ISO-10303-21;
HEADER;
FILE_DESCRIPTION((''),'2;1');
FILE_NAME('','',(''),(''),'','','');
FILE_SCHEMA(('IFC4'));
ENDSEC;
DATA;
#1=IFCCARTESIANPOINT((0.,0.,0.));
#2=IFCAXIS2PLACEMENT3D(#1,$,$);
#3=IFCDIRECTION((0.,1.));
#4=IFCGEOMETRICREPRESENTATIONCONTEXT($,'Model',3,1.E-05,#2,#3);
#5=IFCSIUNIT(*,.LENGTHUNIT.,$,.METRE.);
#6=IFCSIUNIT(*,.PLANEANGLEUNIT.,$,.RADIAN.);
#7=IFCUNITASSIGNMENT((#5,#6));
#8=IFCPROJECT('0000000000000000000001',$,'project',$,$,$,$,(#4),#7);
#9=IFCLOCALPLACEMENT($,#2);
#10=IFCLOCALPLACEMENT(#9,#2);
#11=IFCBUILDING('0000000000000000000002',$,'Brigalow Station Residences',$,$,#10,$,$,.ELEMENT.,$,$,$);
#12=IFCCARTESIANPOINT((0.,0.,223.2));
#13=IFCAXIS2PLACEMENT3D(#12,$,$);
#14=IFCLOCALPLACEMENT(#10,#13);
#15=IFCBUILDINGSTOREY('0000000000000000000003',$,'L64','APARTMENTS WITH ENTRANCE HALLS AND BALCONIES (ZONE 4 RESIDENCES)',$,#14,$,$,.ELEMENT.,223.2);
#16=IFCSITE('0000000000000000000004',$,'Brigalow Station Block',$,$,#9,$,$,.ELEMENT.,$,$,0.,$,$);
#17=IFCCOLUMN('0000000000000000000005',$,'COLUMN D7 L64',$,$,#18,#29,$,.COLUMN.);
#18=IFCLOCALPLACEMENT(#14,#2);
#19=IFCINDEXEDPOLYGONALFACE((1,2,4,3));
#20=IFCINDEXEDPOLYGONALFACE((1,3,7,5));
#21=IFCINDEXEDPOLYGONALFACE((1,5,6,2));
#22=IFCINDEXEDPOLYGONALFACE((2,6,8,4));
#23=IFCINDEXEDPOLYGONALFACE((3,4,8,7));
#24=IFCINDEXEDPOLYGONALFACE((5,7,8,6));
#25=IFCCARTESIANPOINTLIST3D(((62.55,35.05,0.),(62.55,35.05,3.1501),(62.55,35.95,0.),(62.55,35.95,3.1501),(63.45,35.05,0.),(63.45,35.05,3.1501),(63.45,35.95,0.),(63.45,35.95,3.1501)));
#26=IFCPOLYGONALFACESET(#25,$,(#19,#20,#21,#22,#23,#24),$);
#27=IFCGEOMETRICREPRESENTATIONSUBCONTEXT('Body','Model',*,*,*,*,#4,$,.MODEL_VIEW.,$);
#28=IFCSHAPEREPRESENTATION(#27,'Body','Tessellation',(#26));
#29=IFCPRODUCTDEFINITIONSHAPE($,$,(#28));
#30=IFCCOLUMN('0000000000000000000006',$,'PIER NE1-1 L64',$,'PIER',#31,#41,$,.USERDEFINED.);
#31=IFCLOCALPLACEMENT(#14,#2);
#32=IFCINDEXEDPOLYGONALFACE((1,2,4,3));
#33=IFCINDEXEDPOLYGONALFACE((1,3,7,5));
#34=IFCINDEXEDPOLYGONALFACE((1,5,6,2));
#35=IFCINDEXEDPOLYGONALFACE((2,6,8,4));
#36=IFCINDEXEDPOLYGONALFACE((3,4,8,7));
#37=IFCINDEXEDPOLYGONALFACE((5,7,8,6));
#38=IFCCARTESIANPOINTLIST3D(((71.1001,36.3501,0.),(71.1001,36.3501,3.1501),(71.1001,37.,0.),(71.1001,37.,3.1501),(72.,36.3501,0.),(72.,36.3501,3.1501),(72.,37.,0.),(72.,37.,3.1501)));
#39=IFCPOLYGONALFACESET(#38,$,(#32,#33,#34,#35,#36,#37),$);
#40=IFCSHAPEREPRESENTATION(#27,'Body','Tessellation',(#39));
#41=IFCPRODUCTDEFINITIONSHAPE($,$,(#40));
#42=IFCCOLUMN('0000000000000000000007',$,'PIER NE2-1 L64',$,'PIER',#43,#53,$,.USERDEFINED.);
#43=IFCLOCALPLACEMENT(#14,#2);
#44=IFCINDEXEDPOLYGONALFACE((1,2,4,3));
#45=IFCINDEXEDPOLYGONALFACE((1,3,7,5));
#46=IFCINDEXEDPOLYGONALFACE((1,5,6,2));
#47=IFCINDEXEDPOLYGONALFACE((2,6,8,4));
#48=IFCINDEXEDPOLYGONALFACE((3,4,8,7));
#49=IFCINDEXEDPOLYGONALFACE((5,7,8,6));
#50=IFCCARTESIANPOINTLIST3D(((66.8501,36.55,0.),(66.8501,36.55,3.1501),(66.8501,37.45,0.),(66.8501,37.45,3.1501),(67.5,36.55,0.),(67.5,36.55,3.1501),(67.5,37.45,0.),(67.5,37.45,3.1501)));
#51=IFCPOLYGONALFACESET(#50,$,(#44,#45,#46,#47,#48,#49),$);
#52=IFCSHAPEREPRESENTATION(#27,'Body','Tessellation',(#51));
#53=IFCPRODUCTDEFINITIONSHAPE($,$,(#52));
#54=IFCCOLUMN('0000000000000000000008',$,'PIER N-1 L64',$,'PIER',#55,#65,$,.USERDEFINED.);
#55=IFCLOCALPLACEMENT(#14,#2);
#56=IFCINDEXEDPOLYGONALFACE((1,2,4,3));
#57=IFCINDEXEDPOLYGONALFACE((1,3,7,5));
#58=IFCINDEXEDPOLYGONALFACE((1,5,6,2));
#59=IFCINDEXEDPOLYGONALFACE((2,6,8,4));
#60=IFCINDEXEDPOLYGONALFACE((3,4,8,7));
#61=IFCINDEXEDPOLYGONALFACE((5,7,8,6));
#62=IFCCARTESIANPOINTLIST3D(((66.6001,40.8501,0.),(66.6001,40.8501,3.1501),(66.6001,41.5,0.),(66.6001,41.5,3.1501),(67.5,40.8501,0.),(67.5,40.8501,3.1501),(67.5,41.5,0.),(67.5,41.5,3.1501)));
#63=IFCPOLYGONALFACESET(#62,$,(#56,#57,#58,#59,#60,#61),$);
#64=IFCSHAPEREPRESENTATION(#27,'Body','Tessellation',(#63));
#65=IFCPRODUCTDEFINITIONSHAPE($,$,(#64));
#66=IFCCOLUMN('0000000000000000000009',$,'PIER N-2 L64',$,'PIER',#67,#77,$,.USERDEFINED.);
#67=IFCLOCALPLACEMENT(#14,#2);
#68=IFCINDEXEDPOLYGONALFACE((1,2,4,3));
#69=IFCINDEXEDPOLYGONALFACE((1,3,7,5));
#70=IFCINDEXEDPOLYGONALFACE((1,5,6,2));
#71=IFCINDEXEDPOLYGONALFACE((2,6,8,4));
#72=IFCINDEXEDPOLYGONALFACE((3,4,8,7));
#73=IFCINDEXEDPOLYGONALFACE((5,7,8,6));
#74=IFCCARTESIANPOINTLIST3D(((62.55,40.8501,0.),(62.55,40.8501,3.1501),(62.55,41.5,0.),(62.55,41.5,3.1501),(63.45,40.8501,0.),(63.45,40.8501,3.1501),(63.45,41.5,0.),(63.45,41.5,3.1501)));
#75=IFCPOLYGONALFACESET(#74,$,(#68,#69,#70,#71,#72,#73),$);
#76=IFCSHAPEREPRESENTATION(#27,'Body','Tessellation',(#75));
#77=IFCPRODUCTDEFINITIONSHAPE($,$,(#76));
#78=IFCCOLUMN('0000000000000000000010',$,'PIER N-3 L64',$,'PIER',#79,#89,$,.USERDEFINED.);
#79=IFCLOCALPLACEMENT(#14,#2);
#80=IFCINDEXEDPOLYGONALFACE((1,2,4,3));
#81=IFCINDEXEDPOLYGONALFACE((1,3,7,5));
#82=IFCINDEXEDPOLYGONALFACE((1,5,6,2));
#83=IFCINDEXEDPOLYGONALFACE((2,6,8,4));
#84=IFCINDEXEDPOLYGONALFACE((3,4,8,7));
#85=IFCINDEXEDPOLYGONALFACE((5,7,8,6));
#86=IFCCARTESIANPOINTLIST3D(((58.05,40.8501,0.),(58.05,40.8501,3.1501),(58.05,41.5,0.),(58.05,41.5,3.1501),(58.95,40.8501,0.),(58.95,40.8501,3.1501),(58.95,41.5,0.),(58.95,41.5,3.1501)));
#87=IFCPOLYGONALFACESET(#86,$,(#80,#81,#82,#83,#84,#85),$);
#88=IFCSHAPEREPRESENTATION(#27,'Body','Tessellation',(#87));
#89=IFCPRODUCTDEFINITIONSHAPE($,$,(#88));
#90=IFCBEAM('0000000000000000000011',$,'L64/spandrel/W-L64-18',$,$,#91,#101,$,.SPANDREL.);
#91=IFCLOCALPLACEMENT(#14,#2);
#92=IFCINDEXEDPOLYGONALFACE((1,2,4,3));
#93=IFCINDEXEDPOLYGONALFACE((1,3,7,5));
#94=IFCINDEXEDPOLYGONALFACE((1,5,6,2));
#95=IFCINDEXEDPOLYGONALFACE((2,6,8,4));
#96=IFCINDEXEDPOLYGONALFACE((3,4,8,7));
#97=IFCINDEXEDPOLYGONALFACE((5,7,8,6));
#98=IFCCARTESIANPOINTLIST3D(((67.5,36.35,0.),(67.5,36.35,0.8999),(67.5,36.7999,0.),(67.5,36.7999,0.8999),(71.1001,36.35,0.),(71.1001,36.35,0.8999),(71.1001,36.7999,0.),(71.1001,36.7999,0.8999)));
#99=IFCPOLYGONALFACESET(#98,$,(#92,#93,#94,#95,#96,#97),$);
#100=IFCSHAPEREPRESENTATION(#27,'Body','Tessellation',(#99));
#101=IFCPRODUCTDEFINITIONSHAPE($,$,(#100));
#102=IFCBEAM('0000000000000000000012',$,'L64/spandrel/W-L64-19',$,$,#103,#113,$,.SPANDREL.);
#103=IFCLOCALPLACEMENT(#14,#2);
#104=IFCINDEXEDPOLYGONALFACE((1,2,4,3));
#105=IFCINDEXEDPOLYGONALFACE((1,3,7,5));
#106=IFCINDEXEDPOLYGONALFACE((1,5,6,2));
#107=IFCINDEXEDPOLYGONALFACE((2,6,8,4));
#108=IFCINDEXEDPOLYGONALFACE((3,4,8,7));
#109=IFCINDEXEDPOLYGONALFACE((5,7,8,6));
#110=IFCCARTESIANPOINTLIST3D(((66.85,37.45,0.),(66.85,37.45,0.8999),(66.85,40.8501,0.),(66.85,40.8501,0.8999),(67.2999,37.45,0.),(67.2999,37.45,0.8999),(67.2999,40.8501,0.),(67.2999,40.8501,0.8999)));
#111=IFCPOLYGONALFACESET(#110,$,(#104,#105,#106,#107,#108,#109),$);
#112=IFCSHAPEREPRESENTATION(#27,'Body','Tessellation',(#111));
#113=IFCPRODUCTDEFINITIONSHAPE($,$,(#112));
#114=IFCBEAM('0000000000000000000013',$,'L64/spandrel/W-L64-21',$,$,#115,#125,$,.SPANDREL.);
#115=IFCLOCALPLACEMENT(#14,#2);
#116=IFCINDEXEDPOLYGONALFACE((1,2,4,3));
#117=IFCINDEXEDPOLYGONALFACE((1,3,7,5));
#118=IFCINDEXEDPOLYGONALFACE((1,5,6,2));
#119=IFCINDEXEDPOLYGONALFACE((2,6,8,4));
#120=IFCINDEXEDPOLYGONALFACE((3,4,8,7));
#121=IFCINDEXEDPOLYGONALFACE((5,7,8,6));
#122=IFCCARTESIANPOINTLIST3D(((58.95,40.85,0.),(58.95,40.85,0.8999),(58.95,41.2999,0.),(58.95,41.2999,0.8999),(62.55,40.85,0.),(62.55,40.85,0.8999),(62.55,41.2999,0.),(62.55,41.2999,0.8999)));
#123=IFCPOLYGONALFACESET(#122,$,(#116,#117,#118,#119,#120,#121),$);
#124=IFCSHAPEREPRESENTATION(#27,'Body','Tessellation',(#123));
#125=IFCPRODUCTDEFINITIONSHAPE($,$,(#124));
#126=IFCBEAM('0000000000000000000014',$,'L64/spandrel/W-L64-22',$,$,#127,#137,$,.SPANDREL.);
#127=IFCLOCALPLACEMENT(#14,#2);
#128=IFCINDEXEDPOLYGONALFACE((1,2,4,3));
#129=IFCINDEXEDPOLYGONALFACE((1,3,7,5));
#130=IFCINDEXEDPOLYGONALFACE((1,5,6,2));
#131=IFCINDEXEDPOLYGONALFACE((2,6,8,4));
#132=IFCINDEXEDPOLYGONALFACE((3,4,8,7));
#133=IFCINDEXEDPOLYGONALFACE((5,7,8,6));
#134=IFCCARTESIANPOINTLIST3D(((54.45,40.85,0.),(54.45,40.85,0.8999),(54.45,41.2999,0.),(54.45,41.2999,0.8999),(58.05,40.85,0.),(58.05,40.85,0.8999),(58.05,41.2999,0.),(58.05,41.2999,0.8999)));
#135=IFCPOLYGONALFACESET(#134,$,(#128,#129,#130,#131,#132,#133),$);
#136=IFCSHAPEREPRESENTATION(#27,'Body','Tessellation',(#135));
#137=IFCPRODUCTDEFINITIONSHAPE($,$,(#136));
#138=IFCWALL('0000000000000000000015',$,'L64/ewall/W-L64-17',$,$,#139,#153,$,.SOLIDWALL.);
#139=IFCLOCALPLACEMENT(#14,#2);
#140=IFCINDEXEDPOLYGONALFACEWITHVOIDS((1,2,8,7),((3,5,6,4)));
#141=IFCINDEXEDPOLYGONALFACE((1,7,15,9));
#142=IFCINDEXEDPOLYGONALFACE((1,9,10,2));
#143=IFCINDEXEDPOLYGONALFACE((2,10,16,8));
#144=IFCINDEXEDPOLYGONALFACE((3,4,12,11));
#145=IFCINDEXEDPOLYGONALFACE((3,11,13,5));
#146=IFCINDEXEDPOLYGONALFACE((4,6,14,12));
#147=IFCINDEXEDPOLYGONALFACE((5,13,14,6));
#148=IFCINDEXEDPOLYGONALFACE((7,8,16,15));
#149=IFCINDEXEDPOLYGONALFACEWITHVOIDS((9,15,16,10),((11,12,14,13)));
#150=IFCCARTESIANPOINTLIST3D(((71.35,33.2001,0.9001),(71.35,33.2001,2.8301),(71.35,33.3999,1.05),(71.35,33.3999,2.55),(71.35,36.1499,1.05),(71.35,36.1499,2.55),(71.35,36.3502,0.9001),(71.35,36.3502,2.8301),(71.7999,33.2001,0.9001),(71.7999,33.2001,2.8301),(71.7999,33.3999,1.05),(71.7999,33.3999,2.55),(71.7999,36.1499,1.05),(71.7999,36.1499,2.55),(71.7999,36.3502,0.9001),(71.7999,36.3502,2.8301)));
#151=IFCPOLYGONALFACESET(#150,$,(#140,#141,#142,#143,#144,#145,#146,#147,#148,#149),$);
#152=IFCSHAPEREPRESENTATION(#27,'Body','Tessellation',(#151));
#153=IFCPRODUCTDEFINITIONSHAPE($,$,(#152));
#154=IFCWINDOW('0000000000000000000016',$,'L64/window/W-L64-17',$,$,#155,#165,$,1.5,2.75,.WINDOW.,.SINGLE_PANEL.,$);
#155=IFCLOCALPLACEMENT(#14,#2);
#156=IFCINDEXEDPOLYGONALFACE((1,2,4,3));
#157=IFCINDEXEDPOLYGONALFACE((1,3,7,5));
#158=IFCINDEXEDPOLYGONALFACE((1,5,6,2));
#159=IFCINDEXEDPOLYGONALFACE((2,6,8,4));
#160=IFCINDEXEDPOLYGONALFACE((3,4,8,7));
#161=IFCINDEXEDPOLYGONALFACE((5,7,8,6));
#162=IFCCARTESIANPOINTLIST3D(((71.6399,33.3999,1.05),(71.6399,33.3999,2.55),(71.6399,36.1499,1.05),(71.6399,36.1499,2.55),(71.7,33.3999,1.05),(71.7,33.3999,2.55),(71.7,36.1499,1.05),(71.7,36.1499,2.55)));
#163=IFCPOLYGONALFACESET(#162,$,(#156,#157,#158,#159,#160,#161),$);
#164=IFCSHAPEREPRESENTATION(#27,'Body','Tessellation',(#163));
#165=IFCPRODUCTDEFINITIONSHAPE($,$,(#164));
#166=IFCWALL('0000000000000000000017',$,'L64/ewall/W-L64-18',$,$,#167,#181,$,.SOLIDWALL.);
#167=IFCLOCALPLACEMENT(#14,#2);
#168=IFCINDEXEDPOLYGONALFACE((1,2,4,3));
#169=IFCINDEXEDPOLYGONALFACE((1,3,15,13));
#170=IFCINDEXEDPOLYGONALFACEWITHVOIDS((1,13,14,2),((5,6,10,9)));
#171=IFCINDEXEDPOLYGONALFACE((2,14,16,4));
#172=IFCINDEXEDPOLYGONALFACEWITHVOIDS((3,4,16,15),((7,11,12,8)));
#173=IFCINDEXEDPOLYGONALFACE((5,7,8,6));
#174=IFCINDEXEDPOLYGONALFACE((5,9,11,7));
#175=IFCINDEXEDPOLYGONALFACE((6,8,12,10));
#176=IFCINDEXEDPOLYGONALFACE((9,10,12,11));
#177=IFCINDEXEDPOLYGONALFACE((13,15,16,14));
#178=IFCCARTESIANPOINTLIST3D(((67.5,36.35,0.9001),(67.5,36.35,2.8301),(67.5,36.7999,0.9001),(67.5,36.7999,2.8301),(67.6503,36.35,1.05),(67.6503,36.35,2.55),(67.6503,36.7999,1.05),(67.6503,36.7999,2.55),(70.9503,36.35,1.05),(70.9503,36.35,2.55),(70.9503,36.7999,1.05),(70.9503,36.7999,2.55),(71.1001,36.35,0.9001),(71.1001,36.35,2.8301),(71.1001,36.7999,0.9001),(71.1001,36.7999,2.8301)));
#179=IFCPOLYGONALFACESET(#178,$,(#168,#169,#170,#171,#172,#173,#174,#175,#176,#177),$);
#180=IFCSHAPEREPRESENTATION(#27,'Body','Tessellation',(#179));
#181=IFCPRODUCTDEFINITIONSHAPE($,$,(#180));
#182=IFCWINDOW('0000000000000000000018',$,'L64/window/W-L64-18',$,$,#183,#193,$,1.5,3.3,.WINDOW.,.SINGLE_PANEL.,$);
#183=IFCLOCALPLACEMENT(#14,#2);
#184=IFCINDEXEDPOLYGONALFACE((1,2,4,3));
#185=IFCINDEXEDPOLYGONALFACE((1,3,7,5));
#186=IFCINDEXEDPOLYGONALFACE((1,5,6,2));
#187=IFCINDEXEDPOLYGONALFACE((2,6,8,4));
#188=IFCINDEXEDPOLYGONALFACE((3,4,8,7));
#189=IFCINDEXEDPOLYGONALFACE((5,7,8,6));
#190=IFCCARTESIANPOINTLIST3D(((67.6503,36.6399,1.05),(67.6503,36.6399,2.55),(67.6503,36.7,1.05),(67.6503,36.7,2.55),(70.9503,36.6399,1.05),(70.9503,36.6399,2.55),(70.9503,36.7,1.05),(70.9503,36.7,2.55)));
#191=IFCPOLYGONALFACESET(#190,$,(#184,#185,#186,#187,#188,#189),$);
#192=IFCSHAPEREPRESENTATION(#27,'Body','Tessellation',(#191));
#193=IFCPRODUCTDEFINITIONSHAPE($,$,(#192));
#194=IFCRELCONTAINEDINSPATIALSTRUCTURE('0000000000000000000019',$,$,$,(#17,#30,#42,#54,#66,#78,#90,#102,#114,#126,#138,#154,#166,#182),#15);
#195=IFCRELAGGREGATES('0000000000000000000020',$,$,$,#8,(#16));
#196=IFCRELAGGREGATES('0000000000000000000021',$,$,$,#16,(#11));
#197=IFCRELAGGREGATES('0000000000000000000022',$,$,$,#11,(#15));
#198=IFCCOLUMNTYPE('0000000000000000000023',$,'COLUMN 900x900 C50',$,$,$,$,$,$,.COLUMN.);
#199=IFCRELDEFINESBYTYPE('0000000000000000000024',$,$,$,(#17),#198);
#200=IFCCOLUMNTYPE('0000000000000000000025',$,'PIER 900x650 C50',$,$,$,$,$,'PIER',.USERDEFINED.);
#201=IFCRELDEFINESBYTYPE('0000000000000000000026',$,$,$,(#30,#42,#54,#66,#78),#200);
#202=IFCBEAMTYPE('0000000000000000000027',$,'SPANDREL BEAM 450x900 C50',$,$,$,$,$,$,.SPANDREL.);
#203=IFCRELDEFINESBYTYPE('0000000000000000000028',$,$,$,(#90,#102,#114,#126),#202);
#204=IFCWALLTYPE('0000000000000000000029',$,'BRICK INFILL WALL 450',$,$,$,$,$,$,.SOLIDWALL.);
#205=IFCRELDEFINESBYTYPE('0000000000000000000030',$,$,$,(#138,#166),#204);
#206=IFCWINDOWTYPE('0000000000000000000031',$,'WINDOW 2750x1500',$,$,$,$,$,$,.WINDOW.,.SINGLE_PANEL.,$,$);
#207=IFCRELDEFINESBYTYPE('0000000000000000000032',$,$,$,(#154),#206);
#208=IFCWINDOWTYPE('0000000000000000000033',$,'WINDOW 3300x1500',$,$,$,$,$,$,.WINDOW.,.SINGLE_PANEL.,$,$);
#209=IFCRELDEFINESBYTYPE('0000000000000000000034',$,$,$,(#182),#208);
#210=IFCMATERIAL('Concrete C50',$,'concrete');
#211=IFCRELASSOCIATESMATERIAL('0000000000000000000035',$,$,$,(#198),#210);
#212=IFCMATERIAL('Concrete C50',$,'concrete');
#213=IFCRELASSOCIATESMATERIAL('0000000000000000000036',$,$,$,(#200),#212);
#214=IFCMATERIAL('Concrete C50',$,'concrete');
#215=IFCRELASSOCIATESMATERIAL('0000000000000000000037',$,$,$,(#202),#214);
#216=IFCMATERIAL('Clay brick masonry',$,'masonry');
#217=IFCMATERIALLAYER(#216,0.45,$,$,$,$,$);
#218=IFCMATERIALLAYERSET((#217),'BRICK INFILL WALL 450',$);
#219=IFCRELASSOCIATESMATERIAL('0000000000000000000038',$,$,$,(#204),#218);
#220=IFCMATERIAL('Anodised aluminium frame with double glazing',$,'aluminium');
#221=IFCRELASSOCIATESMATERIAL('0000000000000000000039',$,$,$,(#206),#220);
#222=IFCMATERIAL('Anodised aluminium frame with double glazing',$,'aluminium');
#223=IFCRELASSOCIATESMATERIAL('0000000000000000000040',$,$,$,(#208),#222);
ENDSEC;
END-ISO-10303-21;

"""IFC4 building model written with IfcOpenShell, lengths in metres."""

from ifc_helpers import new_model, si_unit, direction, frame, frame_2d, origin, origin_2d, place, context, subcontext, project, spatial, rectangle, extrude, material, layer, layer_set, material_profile, profile_set, type_object, element, fill, save


model = new_model("IFC4")

# Units and contexts
model_context = context("Model", 3, precision=1e-05, world=origin(), true_north=direction((0.0, 1.0)))
body_context = subcontext(model_context, "Body", "Model", "MODEL_VIEW")
ifc_project = project(units=[si_unit("LENGTHUNIT", "METRE"), si_unit("PLANEANGLEUNIT", "RADIAN")], contexts=[model_context])

# Site, building, storey
site_placement = place(None, origin())
site = spatial("IfcSite", under=ifc_project, at=site_placement, Name="Brigalow Station Block", CompositionType="ELEMENT", RefElevation=0.0)
building_placement = place(site_placement, origin())
building = spatial("IfcBuilding", under=site, at=building_placement, Name="Brigalow Station Residences", CompositionType="ELEMENT")
storey_placement = place(building_placement, frame((0.0, 0.0, 223.2)))
storey = spatial("IfcBuildingStorey", under=building, at=storey_placement, Name="L64", Description="APARTMENTS WITH ENTRANCE HALLS AND BALCONIES (ZONE 4 RESIDENCES)", CompositionType="ELEMENT", Elevation=223.2)

# Columns
ifc_material_1 = material(Name="Concrete C50", Category="concrete")
ifc_material_profile_1 = material_profile(ifc_material_1, rectangle(XDim=0.8999, YDim=0.8999, at=origin_2d()), Name="RC900x900")
ifc_profile_set_1 = profile_set([ifc_material_profile_1], Name="Concrete C50")
column_type_1 = type_object("IfcColumnType", Name="COLUMN 900x900 C50", PredefinedType="COLUMN", material=ifc_profile_set_1)
column_placement = place(storey_placement, frame((63.0, 35.5, 0.0), z_axis=(0.0, 0.0, 1.0), x_axis=(1.0, 0.0, 0.0)))
element("IfcColumn", 1, at=column_placement, inside=storey, type_object=column_type_1, Name="COLUMN D7 L64", PredefinedType="COLUMN", context=body_context, shape_type="SweptSolid", body=[
    extrude(rectangle(XDim=0.8999, YDim=0.8999, at=origin_2d()), origin(), (0.0, 0.0, 1.0), 3.1501),
])
ifc_material_2 = material(Name="Concrete C50", Category="concrete")
ifc_material_profile_2 = material_profile(ifc_material_2, rectangle(XDim=0.8999, YDim=0.6499, at=origin_2d()), Name="RC900x650")
ifc_profile_set_2 = profile_set([ifc_material_profile_2], Name="Concrete C50")
column_type_2 = type_object("IfcColumnType", Name="PIER 900x650 C50", ElementType="PIER", PredefinedType="USERDEFINED", material=ifc_profile_set_2)
for number, where, z_axis, x_axis, name in (
    (2, (71.55, 36.675, 0.0), (0.0, 0.0, 1.0), (-1.0, 0.0, 0.0), "PIER NE1-1 L64"),
    (3, (67.175, 37.0, 0.0), (0.0, 0.0, 1.0), (0.0, 1.0, 0.0), "PIER NE2-1 L64"),
    (4, (67.05, 41.175, 0.0), (0.0, 0.0, 1.0), (-1.0, 0.0, 0.0), "PIER N-1 L64"),
    (5, (63.0, 41.175, 0.0), (0.0, 0.0, 1.0), (-1.0, 0.0, 0.0), "PIER N-2 L64"),
    (6, (58.5, 41.175, 0.0), (0.0, 0.0, 1.0), (-1.0, 0.0, 0.0), "PIER N-3 L64"),
):
    element("IfcColumn", number, at=place(storey_placement, frame(where, z_axis=z_axis, x_axis=x_axis)), inside=storey, type_object=column_type_2, Name=name, ObjectType="PIER", PredefinedType="USERDEFINED", context=body_context, shape_type="SweptSolid", body=[
        extrude(rectangle(XDim=0.8999, YDim=0.6499, at=origin_2d()), origin(), (0.0, 0.0, 1.0), 3.1501),
    ])

# Beams
ifc_material_3 = material(Name="Concrete C50", Category="concrete")
ifc_material_profile_3 = material_profile(ifc_material_3, rectangle(XDim=0.45, YDim=0.8999, at=origin_2d()), Name="RC450x900")
ifc_profile_set_3 = profile_set([ifc_material_profile_3], Name="Concrete C50")
beam_type = type_object("IfcBeamType", Name="SPANDREL BEAM 450x900 C50", PredefinedType="SPANDREL", material=ifc_profile_set_3)
beam_1_placement = place(storey_placement, frame((71.1001, 36.575, 0.45), z_axis=(-1.0, 0.0, 0.0), x_axis=(0.0, -1.0, 0.0)))
element("IfcBeam", 7, at=beam_1_placement, inside=storey, type_object=beam_type, Name="L64/spandrel/W-L64-18", PredefinedType="SPANDREL", context=body_context, shape_type="SweptSolid", body=[
    extrude(rectangle(XDim=0.45, YDim=0.8999, at=origin_2d()), origin(), (0.0, 0.0, 1.0), 3.6001),
])
beam_2_placement = place(storey_placement, frame((67.075, 37.45, 0.45), z_axis=(0.0, 1.0, 0.0), x_axis=(-1.0, 0.0, 0.0)))
element("IfcBeam", 8, at=beam_2_placement, inside=storey, type_object=beam_type, Name="L64/spandrel/W-L64-19", PredefinedType="SPANDREL", context=body_context, shape_type="SweptSolid", body=[
    extrude(rectangle(XDim=0.45, YDim=0.8999, at=origin_2d()), origin(), (0.0, 0.0, 1.0), 3.4001),
])
for number, where, z_axis, x_axis, name in (
    (9, (62.55, 41.075, 0.45), (-1.0, 0.0, 0.0), (0.0, -1.0, 0.0), "L64/spandrel/W-L64-21"),
    (10, (58.05, 41.075, 0.45), (-1.0, 0.0, 0.0), (0.0, -1.0, 0.0), "L64/spandrel/W-L64-22"),
):
    element("IfcBeam", number, at=place(storey_placement, frame(where, z_axis=z_axis, x_axis=x_axis)), inside=storey, type_object=beam_type, Name=name, PredefinedType="SPANDREL", context=body_context, shape_type="SweptSolid", body=[
        extrude(rectangle(XDim=0.45, YDim=0.8999, at=origin_2d()), origin(), (0.0, 0.0, 1.0), 3.6001),
    ])

# Walls, openings, windows
ifc_material_4 = material(Name="Clay brick masonry", Category="masonry")
ifc_layer_1 = layer(ifc_material_4, 0.45)
ifc_layer_set_1 = layer_set([ifc_layer_1], Name="BRICK INFILL WALL 450")
wall_type_1 = type_object("IfcWallType", Name="BRICK INFILL WALL 450", PredefinedType="SOLIDWALL", material=ifc_layer_set_1)
wall_1_placement = place(storey_placement, frame((71.575, 33.2, 0.9001), z_axis=(0.0, 0.0, 1.0), x_axis=(0.0, 1.0, 0.0)))
wall_1 = element("IfcWall", 11, at=wall_1_placement, inside=storey, type_object=wall_type_1, Name="L64/ewall/W-L64-17", PredefinedType="SOLIDWALL", context=body_context, shape_type="SweptSolid", body=[
    extrude(rectangle(XDim=3.1501, YDim=0.45, at=frame_2d((1.5752, 0.0))), origin(), (0.0, 0.0, 1.0), 1.9299),
])
opening_1_placement = place(wall_1_placement, frame((0.2, 0.0, 0.1499)))
opening_1 = element("IfcOpeningElement", 12, at=opening_1_placement, cuts=wall_1, PredefinedType="OPENING", context=body_context, shape_type="SweptSolid", body=[
    extrude(rectangle(XDim=2.75, YDim=1.5, at=frame_2d((1.375, 0.75))), frame((0.0, 0.2349, 0.0), z_axis=(0.0, -1.0, 0.0), x_axis=(1.0, 0.0, 0.0)), (0.0, 0.0, 1.0), 0.47),
])
ifc_material_5 = material(Name="Anodised aluminium frame with double glazing", Category="aluminium")
window_type_1 = type_object("IfcWindowType", Name="WINDOW 2750x1500", PartitioningType="SINGLE_PANEL", PredefinedType="WINDOW", material=ifc_material_5)
window_1_placement = place(opening_1_placement, origin())
window_1 = element("IfcWindow", 13, at=window_1_placement, inside=storey, type_object=window_type_1, Name="L64/window/W-L64-17", OverallHeight=1.5, OverallWidth=2.75, PartitioningType="SINGLE_PANEL", PredefinedType="WINDOW", context=body_context, shape_type="SweptSolid", body=[
    extrude(rectangle(XDim=2.75, YDim=1.5, at=frame_2d((1.375, 0.75))), frame((0.0, -0.0649, 0.0), z_axis=(0.0, -1.0, 0.0), x_axis=(1.0, 0.0, 0.0)), (0.0, 0.0, 1.0), 0.0601),
])
fill(opening_1, window_1)
wall_2_placement = place(storey_placement, frame((71.1001, 36.575, 0.9001), z_axis=(0.0, 0.0, 1.0), x_axis=(-1.0, 0.0, 0.0)))
wall_2 = element("IfcWall", 14, at=wall_2_placement, inside=storey, type_object=wall_type_1, Name="L64/ewall/W-L64-18", PredefinedType="SOLIDWALL", context=body_context, shape_type="SweptSolid", body=[
    extrude(rectangle(XDim=3.6001, YDim=0.45, at=frame_2d((1.8, 0.0))), origin(), (0.0, 0.0, 1.0), 1.9299),
])
opening_2_placement = place(wall_2_placement, frame((0.1499, 0.0, 0.1499)))
opening_2 = element("IfcOpeningElement", 15, at=opening_2_placement, cuts=wall_2, PredefinedType="OPENING", context=body_context, shape_type="SweptSolid", body=[
    extrude(rectangle(XDim=3.3, YDim=1.5, at=frame_2d((1.6499, 0.75))), frame((0.0, 0.2349, 0.0), z_axis=(0.0, -1.0, 0.0), x_axis=(1.0, 0.0, 0.0)), (0.0, 0.0, 1.0), 0.47),
])
ifc_material_6 = material(Name="Anodised aluminium frame with double glazing", Category="aluminium")
window_type_2 = type_object("IfcWindowType", Name="WINDOW 3300x1500", PartitioningType="SINGLE_PANEL", PredefinedType="WINDOW", material=ifc_material_6)
window_2_placement = place(opening_2_placement, origin())
window_2 = element("IfcWindow", 16, at=window_2_placement, inside=storey, type_object=window_type_2, Name="L64/window/W-L64-18", OverallHeight=1.5, OverallWidth=3.3, PartitioningType="SINGLE_PANEL", PredefinedType="WINDOW", context=body_context, shape_type="SweptSolid", body=[
    extrude(rectangle(XDim=3.3, YDim=1.5, at=frame_2d((1.6499, 0.75))), frame((0.0, -0.0649, 0.0), z_axis=(0.0, -1.0, 0.0), x_axis=(1.0, 0.0, 0.0)), (0.0, 0.0, 1.0), 0.0601),
])
fill(opening_2, window_2)

save(model, "model.ifc")
